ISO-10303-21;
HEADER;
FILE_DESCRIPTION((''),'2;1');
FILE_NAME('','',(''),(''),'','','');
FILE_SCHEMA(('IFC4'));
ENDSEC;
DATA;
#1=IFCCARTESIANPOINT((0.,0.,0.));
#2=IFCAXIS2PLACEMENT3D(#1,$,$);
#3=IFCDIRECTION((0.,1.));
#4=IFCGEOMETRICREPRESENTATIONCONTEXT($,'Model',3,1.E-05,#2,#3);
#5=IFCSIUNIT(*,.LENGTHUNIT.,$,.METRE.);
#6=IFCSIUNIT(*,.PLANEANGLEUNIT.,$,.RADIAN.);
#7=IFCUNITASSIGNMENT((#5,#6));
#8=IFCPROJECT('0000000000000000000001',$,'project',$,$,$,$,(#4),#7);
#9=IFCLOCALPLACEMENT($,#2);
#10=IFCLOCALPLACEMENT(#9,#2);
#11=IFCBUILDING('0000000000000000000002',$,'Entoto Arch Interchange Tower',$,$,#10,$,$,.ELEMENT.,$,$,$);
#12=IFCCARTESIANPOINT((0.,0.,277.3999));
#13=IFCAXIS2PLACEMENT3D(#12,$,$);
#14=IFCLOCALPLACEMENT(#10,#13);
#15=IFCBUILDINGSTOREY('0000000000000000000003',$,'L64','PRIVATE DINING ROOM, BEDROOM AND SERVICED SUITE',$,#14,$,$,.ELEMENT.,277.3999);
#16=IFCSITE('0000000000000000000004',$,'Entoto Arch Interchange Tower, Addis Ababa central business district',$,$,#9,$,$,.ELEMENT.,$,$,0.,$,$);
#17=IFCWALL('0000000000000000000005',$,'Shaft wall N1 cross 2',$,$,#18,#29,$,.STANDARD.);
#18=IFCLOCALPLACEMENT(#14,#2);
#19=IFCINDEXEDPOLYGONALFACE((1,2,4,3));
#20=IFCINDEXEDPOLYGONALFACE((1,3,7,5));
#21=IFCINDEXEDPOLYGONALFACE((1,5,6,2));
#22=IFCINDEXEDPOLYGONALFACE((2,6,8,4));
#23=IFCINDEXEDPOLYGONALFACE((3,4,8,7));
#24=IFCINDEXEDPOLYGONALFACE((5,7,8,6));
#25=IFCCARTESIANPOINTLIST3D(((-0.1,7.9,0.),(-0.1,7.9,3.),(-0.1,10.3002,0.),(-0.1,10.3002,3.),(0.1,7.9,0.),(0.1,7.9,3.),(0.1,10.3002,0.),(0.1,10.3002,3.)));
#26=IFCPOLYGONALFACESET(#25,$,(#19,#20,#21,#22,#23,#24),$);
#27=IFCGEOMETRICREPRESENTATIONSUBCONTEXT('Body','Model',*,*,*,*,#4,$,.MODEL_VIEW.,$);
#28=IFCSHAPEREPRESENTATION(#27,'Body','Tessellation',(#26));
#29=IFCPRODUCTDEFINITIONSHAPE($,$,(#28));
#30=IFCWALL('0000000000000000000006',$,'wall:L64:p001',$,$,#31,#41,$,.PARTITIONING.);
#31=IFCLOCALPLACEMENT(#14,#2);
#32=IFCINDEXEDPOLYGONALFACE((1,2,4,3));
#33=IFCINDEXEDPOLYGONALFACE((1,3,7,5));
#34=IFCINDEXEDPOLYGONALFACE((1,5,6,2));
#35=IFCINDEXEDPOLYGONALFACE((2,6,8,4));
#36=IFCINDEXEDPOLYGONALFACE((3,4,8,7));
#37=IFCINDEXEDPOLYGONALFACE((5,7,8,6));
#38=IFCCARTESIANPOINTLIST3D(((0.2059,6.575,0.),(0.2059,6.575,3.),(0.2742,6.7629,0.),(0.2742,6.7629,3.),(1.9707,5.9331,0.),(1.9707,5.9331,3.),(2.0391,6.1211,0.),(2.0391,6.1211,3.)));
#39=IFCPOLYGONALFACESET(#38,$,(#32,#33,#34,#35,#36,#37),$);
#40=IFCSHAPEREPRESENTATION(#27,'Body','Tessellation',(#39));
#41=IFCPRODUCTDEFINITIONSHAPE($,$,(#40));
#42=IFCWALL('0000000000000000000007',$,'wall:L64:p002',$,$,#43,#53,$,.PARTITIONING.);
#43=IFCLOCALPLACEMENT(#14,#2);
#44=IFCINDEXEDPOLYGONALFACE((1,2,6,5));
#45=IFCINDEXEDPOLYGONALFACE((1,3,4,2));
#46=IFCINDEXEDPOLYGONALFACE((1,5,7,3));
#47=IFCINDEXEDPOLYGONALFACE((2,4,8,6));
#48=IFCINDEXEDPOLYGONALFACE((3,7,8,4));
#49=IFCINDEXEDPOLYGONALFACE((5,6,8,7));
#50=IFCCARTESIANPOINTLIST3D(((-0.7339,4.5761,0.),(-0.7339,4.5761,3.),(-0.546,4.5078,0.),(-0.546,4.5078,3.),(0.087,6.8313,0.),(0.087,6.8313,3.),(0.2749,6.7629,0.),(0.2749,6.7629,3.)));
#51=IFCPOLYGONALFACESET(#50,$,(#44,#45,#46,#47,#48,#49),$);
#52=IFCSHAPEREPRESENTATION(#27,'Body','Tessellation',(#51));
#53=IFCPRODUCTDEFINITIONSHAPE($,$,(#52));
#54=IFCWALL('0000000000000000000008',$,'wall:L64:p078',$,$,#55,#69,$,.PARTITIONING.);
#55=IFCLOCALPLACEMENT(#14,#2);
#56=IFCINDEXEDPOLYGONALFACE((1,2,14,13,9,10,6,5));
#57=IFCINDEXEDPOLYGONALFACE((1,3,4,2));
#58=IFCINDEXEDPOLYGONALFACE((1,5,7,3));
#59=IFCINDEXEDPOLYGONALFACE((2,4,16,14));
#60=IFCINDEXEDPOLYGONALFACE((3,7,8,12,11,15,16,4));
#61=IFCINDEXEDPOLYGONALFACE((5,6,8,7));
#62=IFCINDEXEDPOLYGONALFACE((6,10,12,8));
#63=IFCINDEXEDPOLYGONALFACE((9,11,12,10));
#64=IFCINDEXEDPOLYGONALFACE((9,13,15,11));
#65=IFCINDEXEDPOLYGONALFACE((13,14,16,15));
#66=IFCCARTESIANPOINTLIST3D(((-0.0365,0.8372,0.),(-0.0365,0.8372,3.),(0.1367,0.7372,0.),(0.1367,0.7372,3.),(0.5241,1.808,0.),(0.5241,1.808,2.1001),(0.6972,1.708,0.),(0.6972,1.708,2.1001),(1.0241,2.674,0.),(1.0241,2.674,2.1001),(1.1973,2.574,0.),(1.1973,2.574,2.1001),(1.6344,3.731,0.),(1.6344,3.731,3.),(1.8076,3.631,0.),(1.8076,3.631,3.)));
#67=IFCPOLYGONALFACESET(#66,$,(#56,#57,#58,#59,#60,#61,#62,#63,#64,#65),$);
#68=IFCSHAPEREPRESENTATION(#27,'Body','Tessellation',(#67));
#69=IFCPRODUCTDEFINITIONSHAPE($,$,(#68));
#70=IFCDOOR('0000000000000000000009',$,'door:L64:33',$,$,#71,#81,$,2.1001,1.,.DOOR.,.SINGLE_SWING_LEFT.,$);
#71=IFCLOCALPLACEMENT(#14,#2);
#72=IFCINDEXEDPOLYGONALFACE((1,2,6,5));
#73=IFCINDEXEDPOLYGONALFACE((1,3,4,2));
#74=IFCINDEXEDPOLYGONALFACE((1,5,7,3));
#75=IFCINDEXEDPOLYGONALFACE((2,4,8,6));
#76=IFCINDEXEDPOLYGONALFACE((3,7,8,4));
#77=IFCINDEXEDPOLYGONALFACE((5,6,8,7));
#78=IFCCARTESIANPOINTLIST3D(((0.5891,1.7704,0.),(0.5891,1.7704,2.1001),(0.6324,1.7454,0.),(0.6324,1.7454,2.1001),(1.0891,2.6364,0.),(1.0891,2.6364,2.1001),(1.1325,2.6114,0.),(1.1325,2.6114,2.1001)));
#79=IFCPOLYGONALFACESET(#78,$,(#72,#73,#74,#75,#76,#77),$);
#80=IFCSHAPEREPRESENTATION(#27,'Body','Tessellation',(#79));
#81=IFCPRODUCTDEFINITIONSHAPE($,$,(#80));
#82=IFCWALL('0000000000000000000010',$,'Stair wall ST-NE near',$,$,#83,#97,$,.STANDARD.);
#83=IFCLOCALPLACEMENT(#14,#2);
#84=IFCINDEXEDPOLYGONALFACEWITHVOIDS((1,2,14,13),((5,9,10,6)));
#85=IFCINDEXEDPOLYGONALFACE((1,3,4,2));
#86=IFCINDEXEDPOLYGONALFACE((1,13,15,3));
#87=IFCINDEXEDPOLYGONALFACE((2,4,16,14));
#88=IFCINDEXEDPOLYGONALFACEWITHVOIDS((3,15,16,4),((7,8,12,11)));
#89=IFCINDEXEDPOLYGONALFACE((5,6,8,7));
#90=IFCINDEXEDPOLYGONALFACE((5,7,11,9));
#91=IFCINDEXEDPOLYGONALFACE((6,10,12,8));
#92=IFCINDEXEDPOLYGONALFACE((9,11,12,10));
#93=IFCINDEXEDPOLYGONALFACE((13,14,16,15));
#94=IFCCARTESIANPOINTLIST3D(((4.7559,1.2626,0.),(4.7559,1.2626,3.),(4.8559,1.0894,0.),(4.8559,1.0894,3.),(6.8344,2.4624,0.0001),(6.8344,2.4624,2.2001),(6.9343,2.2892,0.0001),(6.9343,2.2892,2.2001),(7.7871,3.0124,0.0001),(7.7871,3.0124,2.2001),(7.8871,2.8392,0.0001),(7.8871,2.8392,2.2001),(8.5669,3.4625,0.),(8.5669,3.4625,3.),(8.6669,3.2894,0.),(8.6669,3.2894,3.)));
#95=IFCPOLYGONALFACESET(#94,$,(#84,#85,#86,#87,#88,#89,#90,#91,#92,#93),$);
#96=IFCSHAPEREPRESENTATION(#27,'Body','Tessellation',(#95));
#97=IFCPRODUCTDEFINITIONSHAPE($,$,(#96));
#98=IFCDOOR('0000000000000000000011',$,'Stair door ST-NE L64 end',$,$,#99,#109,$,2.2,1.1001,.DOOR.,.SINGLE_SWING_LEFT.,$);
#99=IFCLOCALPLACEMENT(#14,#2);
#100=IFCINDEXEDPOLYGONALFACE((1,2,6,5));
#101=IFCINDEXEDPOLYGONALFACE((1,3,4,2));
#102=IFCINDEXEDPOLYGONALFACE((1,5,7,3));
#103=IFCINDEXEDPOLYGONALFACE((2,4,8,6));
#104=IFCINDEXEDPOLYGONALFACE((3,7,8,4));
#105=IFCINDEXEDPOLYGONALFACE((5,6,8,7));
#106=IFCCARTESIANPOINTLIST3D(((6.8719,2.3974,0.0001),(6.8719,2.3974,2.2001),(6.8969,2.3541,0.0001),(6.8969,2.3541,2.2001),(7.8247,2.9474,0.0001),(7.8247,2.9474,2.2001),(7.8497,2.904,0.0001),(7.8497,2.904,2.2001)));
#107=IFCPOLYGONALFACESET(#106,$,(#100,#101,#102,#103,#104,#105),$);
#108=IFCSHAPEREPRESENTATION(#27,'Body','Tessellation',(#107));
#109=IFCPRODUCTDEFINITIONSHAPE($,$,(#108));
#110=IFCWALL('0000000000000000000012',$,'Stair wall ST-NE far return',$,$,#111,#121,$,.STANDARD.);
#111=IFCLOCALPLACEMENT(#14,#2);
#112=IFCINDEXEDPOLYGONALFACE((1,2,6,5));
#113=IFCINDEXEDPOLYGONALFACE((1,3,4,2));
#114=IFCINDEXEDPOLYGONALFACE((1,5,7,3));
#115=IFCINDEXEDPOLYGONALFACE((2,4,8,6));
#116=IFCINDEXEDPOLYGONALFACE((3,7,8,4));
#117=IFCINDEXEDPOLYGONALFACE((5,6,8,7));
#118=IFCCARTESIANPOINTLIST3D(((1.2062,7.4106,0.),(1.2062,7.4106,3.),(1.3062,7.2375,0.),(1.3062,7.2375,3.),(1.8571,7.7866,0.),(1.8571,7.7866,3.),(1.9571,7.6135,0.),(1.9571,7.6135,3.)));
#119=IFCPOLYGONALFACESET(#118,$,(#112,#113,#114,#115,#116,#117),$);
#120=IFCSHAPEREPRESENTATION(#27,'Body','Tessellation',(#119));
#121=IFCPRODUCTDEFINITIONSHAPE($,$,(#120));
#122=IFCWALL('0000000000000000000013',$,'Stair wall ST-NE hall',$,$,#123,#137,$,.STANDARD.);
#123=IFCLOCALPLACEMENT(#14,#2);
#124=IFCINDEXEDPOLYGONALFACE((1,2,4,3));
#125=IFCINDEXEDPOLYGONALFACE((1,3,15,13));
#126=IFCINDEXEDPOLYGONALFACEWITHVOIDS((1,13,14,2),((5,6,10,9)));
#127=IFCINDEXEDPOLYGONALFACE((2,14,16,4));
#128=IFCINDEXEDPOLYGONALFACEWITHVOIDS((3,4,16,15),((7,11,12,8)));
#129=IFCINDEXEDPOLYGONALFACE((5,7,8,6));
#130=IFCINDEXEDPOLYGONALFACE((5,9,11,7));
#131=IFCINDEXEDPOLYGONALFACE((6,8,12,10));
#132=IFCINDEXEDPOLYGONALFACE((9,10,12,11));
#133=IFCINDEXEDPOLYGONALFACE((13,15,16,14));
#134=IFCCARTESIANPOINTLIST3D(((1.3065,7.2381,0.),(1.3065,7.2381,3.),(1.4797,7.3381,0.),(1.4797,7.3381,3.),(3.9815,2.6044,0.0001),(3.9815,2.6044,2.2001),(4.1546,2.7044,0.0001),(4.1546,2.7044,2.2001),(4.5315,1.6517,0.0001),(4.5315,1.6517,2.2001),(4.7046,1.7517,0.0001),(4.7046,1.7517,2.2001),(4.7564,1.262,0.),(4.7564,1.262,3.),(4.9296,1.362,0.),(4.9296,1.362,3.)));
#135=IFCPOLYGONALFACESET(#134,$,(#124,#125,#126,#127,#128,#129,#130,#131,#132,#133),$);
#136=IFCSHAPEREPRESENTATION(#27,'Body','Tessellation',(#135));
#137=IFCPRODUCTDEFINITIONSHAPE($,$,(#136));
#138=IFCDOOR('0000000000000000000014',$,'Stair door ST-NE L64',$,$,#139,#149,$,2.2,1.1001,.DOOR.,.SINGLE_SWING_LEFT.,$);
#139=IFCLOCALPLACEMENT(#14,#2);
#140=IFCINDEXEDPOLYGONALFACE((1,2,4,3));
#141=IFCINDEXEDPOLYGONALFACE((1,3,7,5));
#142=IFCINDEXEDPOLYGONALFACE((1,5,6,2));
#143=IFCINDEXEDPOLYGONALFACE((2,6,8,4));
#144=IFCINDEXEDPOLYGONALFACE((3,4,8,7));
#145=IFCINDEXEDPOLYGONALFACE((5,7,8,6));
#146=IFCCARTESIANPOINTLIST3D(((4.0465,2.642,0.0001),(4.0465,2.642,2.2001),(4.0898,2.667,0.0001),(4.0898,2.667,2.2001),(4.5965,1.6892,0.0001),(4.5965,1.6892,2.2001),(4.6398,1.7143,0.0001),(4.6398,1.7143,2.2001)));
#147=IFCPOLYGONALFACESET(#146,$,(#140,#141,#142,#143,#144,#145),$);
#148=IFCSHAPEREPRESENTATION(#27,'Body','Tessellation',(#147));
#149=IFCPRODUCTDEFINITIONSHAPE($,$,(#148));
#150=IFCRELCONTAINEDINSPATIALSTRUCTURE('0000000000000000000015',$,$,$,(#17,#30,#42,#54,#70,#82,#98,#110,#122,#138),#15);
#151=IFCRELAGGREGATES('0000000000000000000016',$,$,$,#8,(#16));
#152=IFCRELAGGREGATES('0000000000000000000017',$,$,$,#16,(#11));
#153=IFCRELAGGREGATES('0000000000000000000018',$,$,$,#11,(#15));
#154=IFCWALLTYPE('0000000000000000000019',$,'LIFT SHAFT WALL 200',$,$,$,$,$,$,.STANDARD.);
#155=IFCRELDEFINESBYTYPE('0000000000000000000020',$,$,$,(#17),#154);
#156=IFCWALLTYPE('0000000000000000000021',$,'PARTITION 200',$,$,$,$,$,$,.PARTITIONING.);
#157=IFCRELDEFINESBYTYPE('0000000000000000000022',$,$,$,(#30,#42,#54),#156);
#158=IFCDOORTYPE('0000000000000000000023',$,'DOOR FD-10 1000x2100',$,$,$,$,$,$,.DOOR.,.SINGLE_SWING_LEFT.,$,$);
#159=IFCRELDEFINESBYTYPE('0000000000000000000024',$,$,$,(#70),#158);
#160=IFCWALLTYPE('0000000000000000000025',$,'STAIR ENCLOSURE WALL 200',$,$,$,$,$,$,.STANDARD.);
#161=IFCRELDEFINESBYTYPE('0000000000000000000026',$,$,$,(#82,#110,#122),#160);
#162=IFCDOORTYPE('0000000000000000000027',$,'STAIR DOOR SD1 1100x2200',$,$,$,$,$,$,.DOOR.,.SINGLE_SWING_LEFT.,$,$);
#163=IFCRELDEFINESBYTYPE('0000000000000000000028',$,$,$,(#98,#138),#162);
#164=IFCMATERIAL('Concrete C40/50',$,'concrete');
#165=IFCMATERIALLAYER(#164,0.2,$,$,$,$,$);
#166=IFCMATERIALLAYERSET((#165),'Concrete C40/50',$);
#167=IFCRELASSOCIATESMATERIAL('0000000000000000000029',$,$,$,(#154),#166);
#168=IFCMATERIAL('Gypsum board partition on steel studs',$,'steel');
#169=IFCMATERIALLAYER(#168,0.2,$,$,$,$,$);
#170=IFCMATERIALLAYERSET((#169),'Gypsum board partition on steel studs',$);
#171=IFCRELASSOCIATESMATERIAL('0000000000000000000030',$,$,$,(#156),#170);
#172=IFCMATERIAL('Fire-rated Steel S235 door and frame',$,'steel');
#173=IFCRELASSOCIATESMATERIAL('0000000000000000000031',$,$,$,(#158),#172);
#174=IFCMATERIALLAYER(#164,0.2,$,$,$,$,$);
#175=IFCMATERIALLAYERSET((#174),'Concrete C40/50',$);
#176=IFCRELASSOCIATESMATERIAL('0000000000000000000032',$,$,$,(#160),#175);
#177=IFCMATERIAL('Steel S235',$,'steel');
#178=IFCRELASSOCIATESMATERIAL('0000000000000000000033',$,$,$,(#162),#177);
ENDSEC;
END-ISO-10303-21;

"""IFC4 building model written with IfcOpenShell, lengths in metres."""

from ifc_helpers import new_model, si_unit, direction, frame, frame_2d, origin, place, context, subcontext, project, spatial, rectangle, extrude, material, layer, layer_set, type_object, element, fill, save


model = new_model("IFC4")

# Units and contexts
model_context = context("Model", 3, precision=1e-05, world=origin(), true_north=direction((0.0, 1.0)))
body_context = subcontext(model_context, "Body", "Model", "MODEL_VIEW")
ifc_project = project(units=[si_unit("LENGTHUNIT", "METRE"), si_unit("PLANEANGLEUNIT", "RADIAN")], contexts=[model_context])

# Site, building, storey
site_placement = place(None, origin())
site = spatial("IfcSite", under=ifc_project, at=site_placement, Name="Entoto Arch Interchange Tower, Addis Ababa central business district", CompositionType="ELEMENT", RefElevation=0.0)
building_placement = place(site_placement, origin())
building = spatial("IfcBuilding", under=site, at=building_placement, Name="Entoto Arch Interchange Tower", CompositionType="ELEMENT")
storey_placement = place(building_placement, frame((0.0, 0.0, 277.3999)))
storey = spatial("IfcBuildingStorey", under=building, at=storey_placement, Name="L64", Description="PRIVATE DINING ROOM, BEDROOM AND SERVICED SUITE", CompositionType="ELEMENT", Elevation=277.3999)

# Shared definitions
ifc_material_1 = material(Name="Concrete C40/50", Category="concrete")

# Shared definitions
ifc_layer_1 = layer(ifc_material_1, 0.2)
ifc_layer_set_1 = layer_set([ifc_layer_1], Name="Concrete C40/50")
wall_type_1 = type_object("IfcWallType", Name="LIFT SHAFT WALL 200", PredefinedType="STANDARD", material=ifc_layer_set_1)

# Walls
for number, where, z_axis, x_axis, name in (
    (1, (0.0, 7.8999, 0.0), (0.0, 0.0, 1.0), (0.0, 1.0, 0.0), "Shaft wall N1 cross 2"),
):
    element("IfcWall", number, at=place(storey_placement, frame(where, z_axis=z_axis, x_axis=x_axis)), inside=storey, type_object=wall_type_1, Name=name, PredefinedType="STANDARD", context=body_context, shape_type="SweptSolid", body=[
        extrude(rectangle(XDim=2.4001, YDim=0.2, at=frame_2d((1.2002, 0.0))), origin(), (0.0, 0.0, 1.0), 3.0),
    ])
ifc_material_2 = material(Name="Gypsum board partition on steel studs", Category="steel")
ifc_layer_2 = layer(ifc_material_2, 0.2)
ifc_layer_set_2 = layer_set([ifc_layer_2], Name="Gypsum board partition on steel studs")
wall_type_2 = type_object("IfcWallType", Name="PARTITION 200", PredefinedType="PARTITIONING", material=ifc_layer_set_2)
wall_1_placement = place(storey_placement, frame((2.0049, 6.0271, 0.0), z_axis=(0.0, 0.0, 1.0), x_axis=(-0.939782, 0.341774, 0.0)))
element("IfcWall", 2, at=wall_1_placement, inside=storey, type_object=wall_type_2, Name="wall:L64:p001", PredefinedType="PARTITIONING", context=body_context, shape_type="SweptSolid", body=[
    extrude(rectangle(XDim=1.8779, YDim=0.2, at=frame_2d((0.939, 0.0))), origin(), (0.0, 0.0, 1.0), 3.0),
])
wall_2_placement = place(storey_placement, frame((0.1809, 6.7971, 0.0), z_axis=(0.0, 0.0, 1.0), x_axis=(-0.342021, -0.939692, 0.0)))
element("IfcWall", 3, at=wall_2_placement, inside=storey, type_object=wall_type_2, Name="wall:L64:p002", PredefinedType="PARTITIONING", context=body_context, shape_type="SweptSolid", body=[
    extrude(rectangle(XDim=2.3999, YDim=0.2, at=frame_2d((1.2, 0.0))), origin(), (0.0, 0.0, 1.0), 3.0),
])

# Walls, openings, doors
wall_3_placement = place(storey_placement, frame((0.05, 0.7871, 0.0), z_axis=(0.0, 0.0, 1.0), x_axis=(0.500037, 0.866004, 0.0)))
wall_3 = element("IfcWall", 4, at=wall_3_placement, inside=storey, type_object=wall_type_2, Name="wall:L64:p078", PredefinedType="PARTITIONING", context=body_context, shape_type="SweptSolid", body=[
    extrude(rectangle(XDim=3.3416, YDim=0.2, at=frame_2d((1.6709, 0.0))), origin(), (0.0, 0.0, 1.0), 3.0),
])
opening_1_placement = place(wall_3_placement, frame((1.1211, 0.0, 0.0)))
opening_1 = element("IfcOpeningElement", 5, at=opening_1_placement, cuts=wall_3, PredefinedType="OPENING", context=body_context, shape_type="SweptSolid", body=[
    extrude(rectangle(XDim=1.0, YDim=2.1001, at=frame_2d((0.5, 1.05))), frame((0.0, 0.1099, 0.0), z_axis=(0.0, -1.0, 0.0), x_axis=(1.0, 0.0, 0.0)), (0.0, 0.0, 1.0), 0.22),
])
ifc_material_3 = material(Name="Fire-rated Steel S235 door and frame", Category="steel")
door_type_1 = type_object("IfcDoorType", Name="DOOR FD-10 1000x2100", OperationType="SINGLE_SWING_LEFT", PredefinedType="DOOR", material=ifc_material_3)
door_1_placement = place(opening_1_placement, origin())
door_1 = element("IfcDoor", 6, at=door_1_placement, inside=storey, type_object=door_type_1, Name="door:L64:33", OperationType="SINGLE_SWING_LEFT", OverallHeight=2.1001, OverallWidth=1.0, PredefinedType="DOOR", context=body_context, shape_type="SweptSolid", body=[
    extrude(rectangle(XDim=1.0, YDim=2.1001, at=frame_2d((0.5, 1.05))), frame((0.0, 0.0249, 0.0), z_axis=(0.0, -1.0, 0.0), x_axis=(1.0, 0.0, 0.0)), (0.0, 0.0, 1.0), 0.05),
])
fill(opening_1, door_1)
ifc_layer_3 = layer(ifc_material_1, 0.2)
ifc_layer_set_3 = layer_set([ifc_layer_3], Name="Concrete C40/50")
wall_type_3 = type_object("IfcWallType", Name="STAIR ENCLOSURE WALL 200", PredefinedType="STANDARD", material=ifc_layer_set_3)
wall_4_placement = place(storey_placement, frame((4.8059, 1.176, 0.0), z_axis=(0.0, 0.0, 1.0), x_axis=(0.86606, 0.49994, 0.0)))
wall_4 = element("IfcWall", 7, at=wall_4_placement, inside=storey, type_object=wall_type_3, Name="Stair wall ST-NE near", PredefinedType="STANDARD", context=body_context, shape_type="SweptSolid", body=[
    extrude(rectangle(XDim=4.4004, YDim=0.2, at=frame_2d((2.2002, 0.0))), origin(), (0.0, 0.0, 1.0), 3.0),
])
opening_2_placement = place(wall_4_placement, frame((2.3999, 0.0, 0.0)))
opening_2 = element("IfcOpeningElement", 8, at=opening_2_placement, cuts=wall_4, PredefinedType="OPENING", context=body_context, shape_type="SweptSolid", body=[
    extrude(rectangle(XDim=1.1001, YDim=2.2, at=frame_2d((0.55, 1.1001))), frame((0.0, 0.1099, 0.0), z_axis=(0.0, -1.0, 0.0), x_axis=(1.0, 0.0, 0.0)), (0.0, 0.0, 1.0), 0.22),
])
ifc_material_4 = material(Name="Steel S235", Category="steel")
door_type_2 = type_object("IfcDoorType", Name="STAIR DOOR SD1 1100x2200", OperationType="SINGLE_SWING_LEFT", PredefinedType="DOOR", material=ifc_material_4)
door_2_placement = place(opening_2_placement, origin())
door_2 = element("IfcDoor", 9, at=door_2_placement, inside=storey, type_object=door_type_2, Name="Stair door ST-NE L64 end", OperationType="SINGLE_SWING_LEFT", OverallHeight=2.2, OverallWidth=1.1001, PredefinedType="DOOR", context=body_context, shape_type="SweptSolid", body=[
    extrude(rectangle(XDim=1.1001, YDim=2.2, at=frame_2d((0.55, 1.1001))), frame((0.0, 0.0249, 0.0), z_axis=(0.0, -1.0, 0.0), x_axis=(1.0, 0.0, 0.0)), (0.0, 0.0, 1.0), 0.05),
])
fill(opening_2, door_2)

# Wall
wall_5_placement = place(storey_placement, frame((1.2561, 7.324, 0.0), z_axis=(0.0, 0.0, 1.0), x_axis=(0.865915, 0.500191, 0.0)))
element("IfcWall", 10, at=wall_5_placement, inside=storey, type_object=wall_type_3, Name="Stair wall ST-NE far return", PredefinedType="STANDARD", context=body_context, shape_type="SweptSolid", body=[
    extrude(rectangle(XDim=0.7517, YDim=0.2, at=frame_2d((0.376, 0.0))), origin(), (0.0, 0.0, 1.0), 3.0),
])

# Wall, opening, door
wall_6_placement = place(storey_placement, frame((4.843, 1.312, 0.0), z_axis=(0.0, 0.0, 1.0), x_axis=(-0.499963, 0.866047, 0.0)))
wall_6 = element("IfcWall", 11, at=wall_6_placement, inside=storey, type_object=wall_type_3, Name="Stair wall ST-NE hall", PredefinedType="STANDARD", context=body_context, shape_type="SweptSolid", body=[
    extrude(rectangle(XDim=6.9004, YDim=0.2, at=frame_2d((3.4502, 0.0))), origin(), (0.0, 0.0, 1.0), 3.0),
])
opening_3_placement = place(wall_6_placement, frame((0.45, 0.0, 0.0)))
opening_3 = element("IfcOpeningElement", 12, at=opening_3_placement, cuts=wall_6, PredefinedType="OPENING", context=body_context, shape_type="SweptSolid", body=[
    extrude(rectangle(XDim=1.1001, YDim=2.2, at=frame_2d((0.55, 1.1001))), frame((0.0, 0.1099, 0.0), z_axis=(0.0, -1.0, 0.0), x_axis=(1.0, 0.0, 0.0)), (0.0, 0.0, 1.0), 0.22),
])
door_3_placement = place(opening_3_placement, origin())
door_3 = element("IfcDoor", 13, at=door_3_placement, inside=storey, type_object=door_type_2, Name="Stair door ST-NE L64", OperationType="SINGLE_SWING_LEFT", OverallHeight=2.2, OverallWidth=1.1001, PredefinedType="DOOR", context=body_context, shape_type="SweptSolid", body=[
    extrude(rectangle(XDim=1.1001, YDim=2.2, at=frame_2d((0.55, 1.1001))), frame((0.0, 0.0249, 0.0), z_axis=(0.0, -1.0, 0.0), x_axis=(1.0, 0.0, 0.0)), (0.0, 0.0, 1.0), 0.05),
])
fill(opening_3, door_3)

save(model, "model.ifc")
